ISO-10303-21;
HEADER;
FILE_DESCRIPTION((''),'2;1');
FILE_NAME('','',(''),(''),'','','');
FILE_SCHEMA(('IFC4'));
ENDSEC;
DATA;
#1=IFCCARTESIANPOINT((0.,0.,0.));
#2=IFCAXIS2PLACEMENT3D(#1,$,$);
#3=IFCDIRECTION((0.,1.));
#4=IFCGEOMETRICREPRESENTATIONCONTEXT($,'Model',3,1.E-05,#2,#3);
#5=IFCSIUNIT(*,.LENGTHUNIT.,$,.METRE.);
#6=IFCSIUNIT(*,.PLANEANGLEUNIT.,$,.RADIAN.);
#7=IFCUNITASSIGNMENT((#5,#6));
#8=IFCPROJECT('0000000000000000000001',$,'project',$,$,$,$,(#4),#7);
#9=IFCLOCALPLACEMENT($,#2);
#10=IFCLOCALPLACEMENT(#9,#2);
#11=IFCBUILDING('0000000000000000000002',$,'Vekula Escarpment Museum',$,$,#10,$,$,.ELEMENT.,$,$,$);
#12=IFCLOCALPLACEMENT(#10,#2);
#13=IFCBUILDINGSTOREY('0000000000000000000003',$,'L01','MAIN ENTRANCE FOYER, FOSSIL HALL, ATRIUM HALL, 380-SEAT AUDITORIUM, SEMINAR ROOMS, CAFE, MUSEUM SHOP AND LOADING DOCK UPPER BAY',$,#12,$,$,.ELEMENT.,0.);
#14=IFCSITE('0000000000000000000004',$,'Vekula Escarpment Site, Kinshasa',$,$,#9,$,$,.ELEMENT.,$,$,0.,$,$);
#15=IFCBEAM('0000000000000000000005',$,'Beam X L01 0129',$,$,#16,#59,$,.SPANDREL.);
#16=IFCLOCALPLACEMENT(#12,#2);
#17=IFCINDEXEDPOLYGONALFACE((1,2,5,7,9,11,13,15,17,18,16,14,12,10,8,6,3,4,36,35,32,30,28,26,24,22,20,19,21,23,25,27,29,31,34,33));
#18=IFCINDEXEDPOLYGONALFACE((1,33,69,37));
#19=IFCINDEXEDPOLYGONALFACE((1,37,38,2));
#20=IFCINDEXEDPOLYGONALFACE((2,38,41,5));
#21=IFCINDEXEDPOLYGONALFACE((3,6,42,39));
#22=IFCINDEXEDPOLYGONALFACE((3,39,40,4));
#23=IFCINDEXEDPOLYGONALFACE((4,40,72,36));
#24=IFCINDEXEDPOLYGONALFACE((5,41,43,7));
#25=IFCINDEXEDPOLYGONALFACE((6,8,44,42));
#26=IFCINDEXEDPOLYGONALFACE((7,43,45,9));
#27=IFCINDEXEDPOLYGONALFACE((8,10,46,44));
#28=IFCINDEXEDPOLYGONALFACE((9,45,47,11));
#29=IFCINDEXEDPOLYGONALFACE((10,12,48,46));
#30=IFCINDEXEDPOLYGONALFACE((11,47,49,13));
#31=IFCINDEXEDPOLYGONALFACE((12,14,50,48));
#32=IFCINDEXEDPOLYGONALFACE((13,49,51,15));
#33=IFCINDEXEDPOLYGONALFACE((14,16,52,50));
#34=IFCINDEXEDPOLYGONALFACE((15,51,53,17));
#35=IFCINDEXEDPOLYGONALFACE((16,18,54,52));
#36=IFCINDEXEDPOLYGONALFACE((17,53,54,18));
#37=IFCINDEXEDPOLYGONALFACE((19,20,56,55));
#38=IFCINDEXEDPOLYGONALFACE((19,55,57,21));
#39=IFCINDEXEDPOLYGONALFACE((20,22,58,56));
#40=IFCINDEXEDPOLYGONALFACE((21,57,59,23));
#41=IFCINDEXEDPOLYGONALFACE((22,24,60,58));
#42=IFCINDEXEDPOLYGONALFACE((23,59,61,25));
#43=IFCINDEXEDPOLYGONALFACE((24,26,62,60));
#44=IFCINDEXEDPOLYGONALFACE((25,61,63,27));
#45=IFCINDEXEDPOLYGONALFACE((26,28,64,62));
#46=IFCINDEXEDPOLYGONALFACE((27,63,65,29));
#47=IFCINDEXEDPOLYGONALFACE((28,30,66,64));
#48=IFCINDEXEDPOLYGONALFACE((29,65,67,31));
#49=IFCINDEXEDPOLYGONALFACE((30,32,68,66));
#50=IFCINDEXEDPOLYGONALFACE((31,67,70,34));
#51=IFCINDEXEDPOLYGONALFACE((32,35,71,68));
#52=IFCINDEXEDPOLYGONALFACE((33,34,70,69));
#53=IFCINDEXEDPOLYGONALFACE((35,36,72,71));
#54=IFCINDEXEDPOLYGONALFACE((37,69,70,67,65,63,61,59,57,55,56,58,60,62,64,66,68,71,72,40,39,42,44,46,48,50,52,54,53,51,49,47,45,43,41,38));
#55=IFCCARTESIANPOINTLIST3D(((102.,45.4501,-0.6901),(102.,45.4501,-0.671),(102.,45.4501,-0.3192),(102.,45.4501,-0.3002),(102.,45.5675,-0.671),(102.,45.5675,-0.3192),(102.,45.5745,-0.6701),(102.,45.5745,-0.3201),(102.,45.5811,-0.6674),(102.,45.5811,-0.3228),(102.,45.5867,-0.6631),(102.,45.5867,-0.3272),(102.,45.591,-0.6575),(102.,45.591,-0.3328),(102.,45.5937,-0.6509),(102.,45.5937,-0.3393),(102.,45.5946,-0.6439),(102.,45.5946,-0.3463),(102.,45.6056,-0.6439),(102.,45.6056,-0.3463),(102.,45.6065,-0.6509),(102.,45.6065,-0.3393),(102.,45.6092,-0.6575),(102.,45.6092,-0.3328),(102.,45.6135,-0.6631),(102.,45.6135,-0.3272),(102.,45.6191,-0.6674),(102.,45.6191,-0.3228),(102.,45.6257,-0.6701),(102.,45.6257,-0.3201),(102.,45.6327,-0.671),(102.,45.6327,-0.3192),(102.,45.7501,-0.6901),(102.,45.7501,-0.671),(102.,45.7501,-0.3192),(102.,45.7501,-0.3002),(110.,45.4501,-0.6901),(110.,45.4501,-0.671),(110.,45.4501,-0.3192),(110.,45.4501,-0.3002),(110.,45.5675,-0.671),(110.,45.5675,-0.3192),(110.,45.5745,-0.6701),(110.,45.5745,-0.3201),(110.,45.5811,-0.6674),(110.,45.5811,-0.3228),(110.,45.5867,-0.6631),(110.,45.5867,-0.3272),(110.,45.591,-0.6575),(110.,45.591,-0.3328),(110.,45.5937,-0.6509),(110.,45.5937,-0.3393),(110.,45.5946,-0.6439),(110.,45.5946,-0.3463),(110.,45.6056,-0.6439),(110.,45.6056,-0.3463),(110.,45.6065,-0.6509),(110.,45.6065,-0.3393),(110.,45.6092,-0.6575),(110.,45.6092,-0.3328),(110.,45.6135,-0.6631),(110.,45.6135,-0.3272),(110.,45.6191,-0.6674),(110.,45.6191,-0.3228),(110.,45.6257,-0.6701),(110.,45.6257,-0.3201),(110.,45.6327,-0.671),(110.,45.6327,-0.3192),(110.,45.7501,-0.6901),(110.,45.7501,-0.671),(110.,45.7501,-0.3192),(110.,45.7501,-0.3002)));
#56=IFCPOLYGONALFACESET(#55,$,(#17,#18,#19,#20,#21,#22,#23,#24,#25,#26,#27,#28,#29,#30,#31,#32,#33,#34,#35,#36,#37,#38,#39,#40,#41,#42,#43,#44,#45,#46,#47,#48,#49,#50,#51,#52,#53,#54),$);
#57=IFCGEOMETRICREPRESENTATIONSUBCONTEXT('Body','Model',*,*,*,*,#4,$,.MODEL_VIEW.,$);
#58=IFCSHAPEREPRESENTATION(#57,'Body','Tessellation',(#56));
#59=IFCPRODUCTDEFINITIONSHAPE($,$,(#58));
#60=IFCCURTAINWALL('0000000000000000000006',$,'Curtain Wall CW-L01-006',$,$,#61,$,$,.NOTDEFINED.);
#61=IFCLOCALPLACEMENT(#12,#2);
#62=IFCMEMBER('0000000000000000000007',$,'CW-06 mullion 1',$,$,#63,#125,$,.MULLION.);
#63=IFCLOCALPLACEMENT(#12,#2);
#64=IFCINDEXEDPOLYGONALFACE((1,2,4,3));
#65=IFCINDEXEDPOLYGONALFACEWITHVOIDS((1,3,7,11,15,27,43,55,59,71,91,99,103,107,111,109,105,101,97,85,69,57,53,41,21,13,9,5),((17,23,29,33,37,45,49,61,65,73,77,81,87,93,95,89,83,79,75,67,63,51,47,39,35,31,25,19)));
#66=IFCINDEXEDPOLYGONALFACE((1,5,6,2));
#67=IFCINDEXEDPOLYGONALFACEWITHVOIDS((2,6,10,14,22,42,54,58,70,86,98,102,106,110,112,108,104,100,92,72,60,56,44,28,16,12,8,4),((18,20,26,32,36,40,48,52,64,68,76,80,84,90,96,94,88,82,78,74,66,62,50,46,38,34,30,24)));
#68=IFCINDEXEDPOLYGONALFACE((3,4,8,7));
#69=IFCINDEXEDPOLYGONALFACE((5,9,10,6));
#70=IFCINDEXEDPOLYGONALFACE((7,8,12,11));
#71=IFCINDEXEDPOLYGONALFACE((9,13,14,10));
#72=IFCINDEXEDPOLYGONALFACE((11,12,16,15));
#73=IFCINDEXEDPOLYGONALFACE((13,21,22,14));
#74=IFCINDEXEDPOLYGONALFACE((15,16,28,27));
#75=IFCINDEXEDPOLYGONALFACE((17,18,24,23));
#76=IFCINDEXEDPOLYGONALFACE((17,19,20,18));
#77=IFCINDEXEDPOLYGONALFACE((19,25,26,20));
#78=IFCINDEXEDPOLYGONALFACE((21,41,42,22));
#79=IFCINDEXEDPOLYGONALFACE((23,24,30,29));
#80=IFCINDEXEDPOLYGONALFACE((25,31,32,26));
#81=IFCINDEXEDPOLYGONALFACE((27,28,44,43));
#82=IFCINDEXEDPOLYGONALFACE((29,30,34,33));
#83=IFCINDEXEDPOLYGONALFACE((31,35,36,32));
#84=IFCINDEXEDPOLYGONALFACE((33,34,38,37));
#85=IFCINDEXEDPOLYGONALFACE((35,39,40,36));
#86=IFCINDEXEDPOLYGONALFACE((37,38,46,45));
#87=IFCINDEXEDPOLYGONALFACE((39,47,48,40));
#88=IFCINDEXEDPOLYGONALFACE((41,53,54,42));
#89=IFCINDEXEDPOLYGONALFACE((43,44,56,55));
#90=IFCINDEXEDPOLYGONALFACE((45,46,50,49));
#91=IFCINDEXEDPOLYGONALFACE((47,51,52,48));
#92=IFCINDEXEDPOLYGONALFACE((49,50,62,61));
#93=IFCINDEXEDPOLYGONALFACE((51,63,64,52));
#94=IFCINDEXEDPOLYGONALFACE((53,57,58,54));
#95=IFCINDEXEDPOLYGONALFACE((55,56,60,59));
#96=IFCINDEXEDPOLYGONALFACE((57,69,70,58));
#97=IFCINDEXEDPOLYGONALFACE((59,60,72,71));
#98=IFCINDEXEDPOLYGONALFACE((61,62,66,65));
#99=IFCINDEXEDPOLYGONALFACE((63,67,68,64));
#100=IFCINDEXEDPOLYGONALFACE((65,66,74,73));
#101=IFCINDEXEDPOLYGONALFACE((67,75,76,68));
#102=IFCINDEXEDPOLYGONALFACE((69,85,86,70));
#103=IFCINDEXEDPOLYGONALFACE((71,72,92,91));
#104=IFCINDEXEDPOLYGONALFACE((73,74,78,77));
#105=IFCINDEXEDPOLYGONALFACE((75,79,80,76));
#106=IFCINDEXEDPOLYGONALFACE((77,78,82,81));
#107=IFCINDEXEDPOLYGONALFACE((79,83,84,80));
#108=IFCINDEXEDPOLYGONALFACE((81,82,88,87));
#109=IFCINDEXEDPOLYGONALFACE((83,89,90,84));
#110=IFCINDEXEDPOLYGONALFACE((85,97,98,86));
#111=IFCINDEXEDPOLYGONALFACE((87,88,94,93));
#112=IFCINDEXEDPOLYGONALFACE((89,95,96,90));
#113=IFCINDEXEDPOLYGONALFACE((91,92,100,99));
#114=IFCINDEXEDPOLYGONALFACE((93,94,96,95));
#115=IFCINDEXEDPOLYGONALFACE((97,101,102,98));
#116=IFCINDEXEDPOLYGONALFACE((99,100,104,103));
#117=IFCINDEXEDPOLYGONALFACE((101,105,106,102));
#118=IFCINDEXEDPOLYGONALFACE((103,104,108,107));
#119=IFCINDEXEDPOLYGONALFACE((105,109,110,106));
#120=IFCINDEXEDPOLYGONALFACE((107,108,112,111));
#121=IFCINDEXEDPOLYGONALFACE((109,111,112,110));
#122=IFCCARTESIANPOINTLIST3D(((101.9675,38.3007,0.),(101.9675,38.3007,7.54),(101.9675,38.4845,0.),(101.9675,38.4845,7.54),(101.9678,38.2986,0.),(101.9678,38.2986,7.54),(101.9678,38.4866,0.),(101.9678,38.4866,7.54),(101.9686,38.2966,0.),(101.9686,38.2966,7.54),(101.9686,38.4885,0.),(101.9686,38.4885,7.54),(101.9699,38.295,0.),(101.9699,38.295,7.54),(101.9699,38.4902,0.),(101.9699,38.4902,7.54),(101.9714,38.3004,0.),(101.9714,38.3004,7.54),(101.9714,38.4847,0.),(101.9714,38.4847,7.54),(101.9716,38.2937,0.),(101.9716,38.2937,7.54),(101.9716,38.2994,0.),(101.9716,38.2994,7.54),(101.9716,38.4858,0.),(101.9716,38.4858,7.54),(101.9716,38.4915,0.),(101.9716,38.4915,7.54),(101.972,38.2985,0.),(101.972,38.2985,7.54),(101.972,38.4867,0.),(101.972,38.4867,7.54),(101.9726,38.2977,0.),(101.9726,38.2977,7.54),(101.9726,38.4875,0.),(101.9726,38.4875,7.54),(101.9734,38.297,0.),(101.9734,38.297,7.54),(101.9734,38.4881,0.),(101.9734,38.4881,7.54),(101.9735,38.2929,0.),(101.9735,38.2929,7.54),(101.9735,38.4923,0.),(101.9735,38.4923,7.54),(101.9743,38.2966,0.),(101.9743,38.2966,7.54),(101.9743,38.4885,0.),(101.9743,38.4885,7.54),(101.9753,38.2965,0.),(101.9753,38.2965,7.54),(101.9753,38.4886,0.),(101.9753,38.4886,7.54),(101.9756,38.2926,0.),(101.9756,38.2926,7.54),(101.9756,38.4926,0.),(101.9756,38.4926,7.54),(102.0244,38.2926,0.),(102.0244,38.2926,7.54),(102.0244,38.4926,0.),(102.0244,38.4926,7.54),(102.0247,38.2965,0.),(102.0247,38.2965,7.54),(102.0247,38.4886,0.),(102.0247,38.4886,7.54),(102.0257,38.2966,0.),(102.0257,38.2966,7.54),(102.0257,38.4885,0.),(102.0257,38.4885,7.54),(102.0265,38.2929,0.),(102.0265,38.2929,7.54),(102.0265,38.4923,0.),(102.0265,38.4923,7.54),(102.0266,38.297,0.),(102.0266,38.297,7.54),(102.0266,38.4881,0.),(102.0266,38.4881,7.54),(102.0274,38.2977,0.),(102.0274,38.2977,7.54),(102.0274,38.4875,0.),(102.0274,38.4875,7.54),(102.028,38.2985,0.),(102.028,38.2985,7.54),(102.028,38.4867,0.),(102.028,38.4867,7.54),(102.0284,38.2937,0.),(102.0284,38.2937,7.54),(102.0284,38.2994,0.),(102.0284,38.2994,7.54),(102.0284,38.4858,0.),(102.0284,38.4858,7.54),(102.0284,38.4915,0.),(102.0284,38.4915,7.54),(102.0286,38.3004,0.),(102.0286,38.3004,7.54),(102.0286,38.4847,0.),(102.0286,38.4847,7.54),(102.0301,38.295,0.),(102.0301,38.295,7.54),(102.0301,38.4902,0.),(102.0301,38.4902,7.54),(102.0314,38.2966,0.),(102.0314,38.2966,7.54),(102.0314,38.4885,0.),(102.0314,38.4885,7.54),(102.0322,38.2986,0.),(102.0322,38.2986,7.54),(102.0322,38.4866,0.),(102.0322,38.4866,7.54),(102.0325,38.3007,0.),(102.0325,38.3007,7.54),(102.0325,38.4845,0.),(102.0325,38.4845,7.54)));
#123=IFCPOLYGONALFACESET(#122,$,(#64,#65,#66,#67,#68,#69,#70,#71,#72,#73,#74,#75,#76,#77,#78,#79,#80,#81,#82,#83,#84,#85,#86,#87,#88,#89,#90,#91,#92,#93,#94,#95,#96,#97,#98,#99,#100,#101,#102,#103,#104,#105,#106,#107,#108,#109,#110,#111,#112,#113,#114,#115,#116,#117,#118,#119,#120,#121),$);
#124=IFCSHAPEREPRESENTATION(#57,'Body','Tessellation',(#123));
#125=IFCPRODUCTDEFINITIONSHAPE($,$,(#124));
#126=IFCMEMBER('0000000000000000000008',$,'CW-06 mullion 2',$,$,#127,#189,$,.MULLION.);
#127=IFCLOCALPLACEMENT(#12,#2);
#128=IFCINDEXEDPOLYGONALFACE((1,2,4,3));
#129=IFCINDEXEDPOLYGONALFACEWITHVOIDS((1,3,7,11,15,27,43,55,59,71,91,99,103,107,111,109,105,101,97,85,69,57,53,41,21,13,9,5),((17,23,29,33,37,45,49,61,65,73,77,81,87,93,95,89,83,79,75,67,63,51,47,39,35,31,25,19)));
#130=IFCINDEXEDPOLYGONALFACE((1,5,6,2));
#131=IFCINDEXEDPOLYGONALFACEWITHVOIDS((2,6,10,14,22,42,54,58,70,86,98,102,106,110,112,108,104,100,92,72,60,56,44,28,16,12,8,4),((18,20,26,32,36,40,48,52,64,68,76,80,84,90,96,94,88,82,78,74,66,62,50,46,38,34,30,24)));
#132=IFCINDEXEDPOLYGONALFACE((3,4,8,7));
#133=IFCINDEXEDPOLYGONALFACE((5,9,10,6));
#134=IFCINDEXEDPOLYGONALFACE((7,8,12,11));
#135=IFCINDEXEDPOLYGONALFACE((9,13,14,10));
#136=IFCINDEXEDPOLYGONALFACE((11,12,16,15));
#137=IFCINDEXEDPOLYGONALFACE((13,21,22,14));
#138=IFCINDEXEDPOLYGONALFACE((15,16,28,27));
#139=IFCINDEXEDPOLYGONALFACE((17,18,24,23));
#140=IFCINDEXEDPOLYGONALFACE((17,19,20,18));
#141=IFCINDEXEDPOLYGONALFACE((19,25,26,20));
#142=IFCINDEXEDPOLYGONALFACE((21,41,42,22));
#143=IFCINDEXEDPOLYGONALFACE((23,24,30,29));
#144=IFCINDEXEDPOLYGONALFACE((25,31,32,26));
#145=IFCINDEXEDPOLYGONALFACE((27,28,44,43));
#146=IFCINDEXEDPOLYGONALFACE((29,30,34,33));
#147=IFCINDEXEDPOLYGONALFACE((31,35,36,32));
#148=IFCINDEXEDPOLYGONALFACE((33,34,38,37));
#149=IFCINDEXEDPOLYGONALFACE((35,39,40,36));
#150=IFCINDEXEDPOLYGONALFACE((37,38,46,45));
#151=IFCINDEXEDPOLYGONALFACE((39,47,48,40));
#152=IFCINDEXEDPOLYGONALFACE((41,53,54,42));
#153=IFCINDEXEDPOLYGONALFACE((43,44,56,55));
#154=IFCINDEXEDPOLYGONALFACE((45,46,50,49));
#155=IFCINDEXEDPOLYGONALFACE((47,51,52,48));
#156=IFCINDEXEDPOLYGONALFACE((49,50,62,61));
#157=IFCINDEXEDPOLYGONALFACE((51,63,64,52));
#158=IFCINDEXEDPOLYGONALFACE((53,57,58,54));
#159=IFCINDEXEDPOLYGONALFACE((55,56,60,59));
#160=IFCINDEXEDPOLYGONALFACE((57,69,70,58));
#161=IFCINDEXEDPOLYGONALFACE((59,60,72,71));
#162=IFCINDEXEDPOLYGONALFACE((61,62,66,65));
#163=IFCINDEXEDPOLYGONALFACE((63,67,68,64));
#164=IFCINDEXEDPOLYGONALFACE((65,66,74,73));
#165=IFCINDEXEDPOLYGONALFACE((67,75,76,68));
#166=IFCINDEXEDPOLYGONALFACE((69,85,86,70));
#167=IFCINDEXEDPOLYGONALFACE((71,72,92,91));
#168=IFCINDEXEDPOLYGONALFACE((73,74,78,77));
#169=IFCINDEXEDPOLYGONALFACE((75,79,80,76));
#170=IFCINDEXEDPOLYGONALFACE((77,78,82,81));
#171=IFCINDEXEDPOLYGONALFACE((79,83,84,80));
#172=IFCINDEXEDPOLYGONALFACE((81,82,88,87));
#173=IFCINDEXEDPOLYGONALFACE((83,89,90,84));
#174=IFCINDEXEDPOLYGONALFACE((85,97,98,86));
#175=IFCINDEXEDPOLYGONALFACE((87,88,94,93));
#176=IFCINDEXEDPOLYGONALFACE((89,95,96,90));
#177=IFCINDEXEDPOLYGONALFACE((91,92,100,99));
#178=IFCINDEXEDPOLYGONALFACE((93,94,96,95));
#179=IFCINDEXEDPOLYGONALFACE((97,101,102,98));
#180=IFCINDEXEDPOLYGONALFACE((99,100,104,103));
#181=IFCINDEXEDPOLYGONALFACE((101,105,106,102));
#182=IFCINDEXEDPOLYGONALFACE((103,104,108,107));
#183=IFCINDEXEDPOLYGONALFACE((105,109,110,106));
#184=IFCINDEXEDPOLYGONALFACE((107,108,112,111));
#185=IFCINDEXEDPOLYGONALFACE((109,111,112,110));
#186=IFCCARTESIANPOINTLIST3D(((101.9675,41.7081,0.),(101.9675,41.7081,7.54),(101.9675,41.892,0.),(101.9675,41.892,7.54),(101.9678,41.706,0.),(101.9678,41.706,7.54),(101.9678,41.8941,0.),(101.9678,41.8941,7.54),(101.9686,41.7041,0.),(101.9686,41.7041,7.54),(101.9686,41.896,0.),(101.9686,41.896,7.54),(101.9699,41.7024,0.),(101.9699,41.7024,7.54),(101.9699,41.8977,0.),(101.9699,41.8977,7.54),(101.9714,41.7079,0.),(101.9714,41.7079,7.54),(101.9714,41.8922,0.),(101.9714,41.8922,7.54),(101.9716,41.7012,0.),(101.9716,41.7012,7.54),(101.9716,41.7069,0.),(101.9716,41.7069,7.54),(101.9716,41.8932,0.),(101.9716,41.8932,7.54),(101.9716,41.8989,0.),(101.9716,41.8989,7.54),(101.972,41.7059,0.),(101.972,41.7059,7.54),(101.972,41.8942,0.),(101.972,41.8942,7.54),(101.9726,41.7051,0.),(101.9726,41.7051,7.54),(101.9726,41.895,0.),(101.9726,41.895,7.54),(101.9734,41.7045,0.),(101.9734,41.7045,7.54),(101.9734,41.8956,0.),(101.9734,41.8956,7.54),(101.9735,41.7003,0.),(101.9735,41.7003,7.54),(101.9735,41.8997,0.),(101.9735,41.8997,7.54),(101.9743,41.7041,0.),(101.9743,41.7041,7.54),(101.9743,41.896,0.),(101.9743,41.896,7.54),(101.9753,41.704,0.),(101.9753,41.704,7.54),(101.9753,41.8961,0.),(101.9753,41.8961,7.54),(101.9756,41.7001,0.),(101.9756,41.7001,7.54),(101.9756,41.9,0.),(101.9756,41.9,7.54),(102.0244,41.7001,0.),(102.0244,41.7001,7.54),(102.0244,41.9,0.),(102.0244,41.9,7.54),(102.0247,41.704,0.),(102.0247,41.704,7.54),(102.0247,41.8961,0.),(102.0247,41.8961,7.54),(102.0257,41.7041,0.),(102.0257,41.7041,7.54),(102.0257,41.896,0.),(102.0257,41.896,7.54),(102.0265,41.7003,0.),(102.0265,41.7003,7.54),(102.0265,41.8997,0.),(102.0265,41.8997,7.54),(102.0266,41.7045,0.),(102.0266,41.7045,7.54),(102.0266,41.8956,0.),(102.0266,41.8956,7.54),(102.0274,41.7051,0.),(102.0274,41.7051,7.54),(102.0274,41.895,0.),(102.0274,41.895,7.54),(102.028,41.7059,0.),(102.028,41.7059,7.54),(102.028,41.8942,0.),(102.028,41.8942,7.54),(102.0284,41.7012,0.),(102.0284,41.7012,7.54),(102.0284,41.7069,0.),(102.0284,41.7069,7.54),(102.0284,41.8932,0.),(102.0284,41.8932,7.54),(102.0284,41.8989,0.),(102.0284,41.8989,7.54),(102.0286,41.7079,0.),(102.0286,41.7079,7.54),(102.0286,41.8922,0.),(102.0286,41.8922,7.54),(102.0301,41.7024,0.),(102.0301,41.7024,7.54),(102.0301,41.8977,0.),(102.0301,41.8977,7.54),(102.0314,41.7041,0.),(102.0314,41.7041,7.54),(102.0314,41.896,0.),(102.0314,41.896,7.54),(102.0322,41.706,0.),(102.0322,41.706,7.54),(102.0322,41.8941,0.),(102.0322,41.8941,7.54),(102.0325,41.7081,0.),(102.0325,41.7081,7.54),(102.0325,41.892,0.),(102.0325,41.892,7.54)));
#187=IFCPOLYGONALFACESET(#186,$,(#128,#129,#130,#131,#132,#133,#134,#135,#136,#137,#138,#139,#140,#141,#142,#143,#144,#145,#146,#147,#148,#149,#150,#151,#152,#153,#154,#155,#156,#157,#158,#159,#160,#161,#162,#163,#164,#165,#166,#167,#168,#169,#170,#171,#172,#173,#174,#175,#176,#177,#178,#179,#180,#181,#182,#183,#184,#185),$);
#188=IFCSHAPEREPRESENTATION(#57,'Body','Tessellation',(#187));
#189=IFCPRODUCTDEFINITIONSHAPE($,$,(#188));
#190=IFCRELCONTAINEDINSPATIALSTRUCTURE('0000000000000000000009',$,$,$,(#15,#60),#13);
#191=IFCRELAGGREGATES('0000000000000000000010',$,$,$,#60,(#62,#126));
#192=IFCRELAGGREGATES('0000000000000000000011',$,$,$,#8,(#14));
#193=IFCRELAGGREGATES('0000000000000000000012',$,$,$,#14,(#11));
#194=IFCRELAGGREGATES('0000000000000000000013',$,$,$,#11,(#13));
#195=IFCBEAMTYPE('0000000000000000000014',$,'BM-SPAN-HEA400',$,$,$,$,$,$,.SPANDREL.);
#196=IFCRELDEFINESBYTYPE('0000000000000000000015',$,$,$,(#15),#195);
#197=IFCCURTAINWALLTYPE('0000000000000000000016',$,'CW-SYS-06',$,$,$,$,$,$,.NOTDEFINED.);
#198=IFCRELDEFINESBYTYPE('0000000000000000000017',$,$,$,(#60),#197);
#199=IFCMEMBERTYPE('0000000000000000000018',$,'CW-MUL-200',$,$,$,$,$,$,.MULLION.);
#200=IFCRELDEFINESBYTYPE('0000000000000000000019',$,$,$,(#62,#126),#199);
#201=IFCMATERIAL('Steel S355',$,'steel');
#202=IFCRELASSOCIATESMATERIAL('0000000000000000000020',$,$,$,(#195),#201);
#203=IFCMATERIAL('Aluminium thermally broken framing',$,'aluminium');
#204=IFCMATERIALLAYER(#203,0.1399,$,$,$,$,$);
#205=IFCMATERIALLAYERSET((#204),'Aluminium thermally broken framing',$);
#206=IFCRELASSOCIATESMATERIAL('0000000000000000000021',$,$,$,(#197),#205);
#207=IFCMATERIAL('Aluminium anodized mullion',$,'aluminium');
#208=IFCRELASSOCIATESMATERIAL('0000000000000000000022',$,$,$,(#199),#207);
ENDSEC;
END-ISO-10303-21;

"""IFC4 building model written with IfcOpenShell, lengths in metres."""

from ifc_helpers import new_model, si_unit, direction, frame, origin, origin_2d, place, context, subcontext, project, spatial, hollow_rectangle, i_section, extrude, material, layer, layer_set, material_profile, profile_set, type_object, element, aggregate, save


model = new_model("IFC4")

# Units and contexts
model_context = context("Model", 3, precision=1e-05, world=origin(), true_north=direction((0.0, 1.0)))
body_context = subcontext(model_context, "Body", "Model", "MODEL_VIEW")
ifc_project = project(units=[si_unit("LENGTHUNIT", "METRE"), si_unit("PLANEANGLEUNIT", "RADIAN")], contexts=[model_context])

# Site, building, storey
site_placement = place(None, origin())
site = spatial("IfcSite", under=ifc_project, at=site_placement, Name="Vekula Escarpment Site, Kinshasa", CompositionType="ELEMENT", RefElevation=0.0)
building_placement = place(site_placement, origin())
building = spatial("IfcBuilding", under=site, at=building_placement, Name="Vekula Escarpment Museum", CompositionType="ELEMENT")
storey_placement = place(building_placement, origin())
storey = spatial("IfcBuildingStorey", under=building, at=storey_placement, Name="L01", Description="MAIN ENTRANCE FOYER, FOSSIL HALL, ATRIUM HALL, 380-SEAT AUDITORIUM, SEMINAR ROOMS, CAFE, MUSEUM SHOP AND LOADING DOCK UPPER BAY", CompositionType="ELEMENT", Elevation=0.0)

# Beam
ifc_material_1 = material(Name="Steel S355", Category="steel")
ifc_material_profile_1 = material_profile(ifc_material_1, i_section(OverallWidth=0.3, OverallDepth=0.3899, WebThickness=0.011, FlangeThickness=0.019, FilletRadius=0.0271, at=origin_2d()), Name="HEA 400")
ifc_profile_set_1 = profile_set([ifc_material_profile_1], Name="Steel S355")
beam_type_1 = type_object("IfcBeamType", Name="BM-SPAN-HEA400", PredefinedType="SPANDREL", material=ifc_profile_set_1)
beam_1_placement = place(storey_placement, frame((102.0, 45.6001, -0.4951), z_axis=(1.0, 0.0, 0.0), x_axis=(0.0, 1.0, 0.0)))
element("IfcBeam", 1, at=beam_1_placement, inside=storey, type_object=beam_type_1, Name="Beam X L01 0129", PredefinedType="SPANDREL", context=body_context, shape_type="SweptSolid", body=[
    extrude(i_section(OverallWidth=0.3, OverallDepth=0.3899, WebThickness=0.011, FlangeThickness=0.019, FilletRadius=0.0271, at=origin_2d()), origin(), (0.0, 0.0, 1.0), 8.0),
])

# Curtain wall, members
ifc_material_2 = material(Name="Aluminium thermally broken framing", Category="aluminium")
ifc_layer_1 = layer(ifc_material_2, 0.1399)
ifc_layer_set_1 = layer_set([ifc_layer_1], Name="Aluminium thermally broken framing")
curtain_wall_type = type_object("IfcCurtainWallType", Name="CW-SYS-06", PredefinedType="NOTDEFINED", material=ifc_layer_set_1)
curtain_wall_placement = place(storey_placement, origin())
curtain_wall = element("IfcCurtainWall", 2, at=curtain_wall_placement, inside=storey, type_object=curtain_wall_type, Name="Curtain Wall CW-L01-006", PredefinedType="NOTDEFINED")
ifc_material_3 = material(Name="Aluminium anodized mullion", Category="aluminium")
ifc_material_profile_2 = material_profile(ifc_material_3, hollow_rectangle(XDim=0.0649, YDim=0.2, WallThickness=0.0039, InnerFilletRadius=0.0039, OuterFilletRadius=0.0081, at=origin_2d()), Name="ALU 200x65x4")
ifc_profile_set_2 = profile_set([ifc_material_profile_2], Name="Aluminium anodized mullion")
member_type_1 = type_object("IfcMemberType", Name="CW-MUL-200", PredefinedType="MULLION", material=ifc_profile_set_2)
member_1_placement = place(storey_placement, frame((102.0, 38.3926, 0.0), z_axis=(0.0, 0.0, 1.0), x_axis=(-1.0, 0.0, 0.0)))
member_1 = element("IfcMember", 3, at=member_1_placement, type_object=member_type_1, Name="CW-06 mullion 1", PredefinedType="MULLION", context=body_context, shape_type="SweptSolid", body=[
    extrude(hollow_rectangle(XDim=0.0649, YDim=0.2, WallThickness=0.0039, InnerFilletRadius=0.0039, OuterFilletRadius=0.0081, at=origin_2d()), origin(), (0.0, 0.0, 1.0), 7.54),
])
member_2_placement = place(storey_placement, frame((102.0, 41.8, 0.0), z_axis=(0.0, 0.0, 1.0), x_axis=(-1.0, 0.0, 0.0)))
member_2 = element("IfcMember", 4, at=member_2_placement, type_object=member_type_1, Name="CW-06 mullion 2", PredefinedType="MULLION", context=body_context, shape_type="SweptSolid", body=[
    extrude(hollow_rectangle(XDim=0.0649, YDim=0.2, WallThickness=0.0039, InnerFilletRadius=0.0039, OuterFilletRadius=0.0081, at=origin_2d()), origin(), (0.0, 0.0, 1.0), 7.54),
])

aggregate(curtain_wall, [member_1, member_2])

save(model, "model.ifc")
